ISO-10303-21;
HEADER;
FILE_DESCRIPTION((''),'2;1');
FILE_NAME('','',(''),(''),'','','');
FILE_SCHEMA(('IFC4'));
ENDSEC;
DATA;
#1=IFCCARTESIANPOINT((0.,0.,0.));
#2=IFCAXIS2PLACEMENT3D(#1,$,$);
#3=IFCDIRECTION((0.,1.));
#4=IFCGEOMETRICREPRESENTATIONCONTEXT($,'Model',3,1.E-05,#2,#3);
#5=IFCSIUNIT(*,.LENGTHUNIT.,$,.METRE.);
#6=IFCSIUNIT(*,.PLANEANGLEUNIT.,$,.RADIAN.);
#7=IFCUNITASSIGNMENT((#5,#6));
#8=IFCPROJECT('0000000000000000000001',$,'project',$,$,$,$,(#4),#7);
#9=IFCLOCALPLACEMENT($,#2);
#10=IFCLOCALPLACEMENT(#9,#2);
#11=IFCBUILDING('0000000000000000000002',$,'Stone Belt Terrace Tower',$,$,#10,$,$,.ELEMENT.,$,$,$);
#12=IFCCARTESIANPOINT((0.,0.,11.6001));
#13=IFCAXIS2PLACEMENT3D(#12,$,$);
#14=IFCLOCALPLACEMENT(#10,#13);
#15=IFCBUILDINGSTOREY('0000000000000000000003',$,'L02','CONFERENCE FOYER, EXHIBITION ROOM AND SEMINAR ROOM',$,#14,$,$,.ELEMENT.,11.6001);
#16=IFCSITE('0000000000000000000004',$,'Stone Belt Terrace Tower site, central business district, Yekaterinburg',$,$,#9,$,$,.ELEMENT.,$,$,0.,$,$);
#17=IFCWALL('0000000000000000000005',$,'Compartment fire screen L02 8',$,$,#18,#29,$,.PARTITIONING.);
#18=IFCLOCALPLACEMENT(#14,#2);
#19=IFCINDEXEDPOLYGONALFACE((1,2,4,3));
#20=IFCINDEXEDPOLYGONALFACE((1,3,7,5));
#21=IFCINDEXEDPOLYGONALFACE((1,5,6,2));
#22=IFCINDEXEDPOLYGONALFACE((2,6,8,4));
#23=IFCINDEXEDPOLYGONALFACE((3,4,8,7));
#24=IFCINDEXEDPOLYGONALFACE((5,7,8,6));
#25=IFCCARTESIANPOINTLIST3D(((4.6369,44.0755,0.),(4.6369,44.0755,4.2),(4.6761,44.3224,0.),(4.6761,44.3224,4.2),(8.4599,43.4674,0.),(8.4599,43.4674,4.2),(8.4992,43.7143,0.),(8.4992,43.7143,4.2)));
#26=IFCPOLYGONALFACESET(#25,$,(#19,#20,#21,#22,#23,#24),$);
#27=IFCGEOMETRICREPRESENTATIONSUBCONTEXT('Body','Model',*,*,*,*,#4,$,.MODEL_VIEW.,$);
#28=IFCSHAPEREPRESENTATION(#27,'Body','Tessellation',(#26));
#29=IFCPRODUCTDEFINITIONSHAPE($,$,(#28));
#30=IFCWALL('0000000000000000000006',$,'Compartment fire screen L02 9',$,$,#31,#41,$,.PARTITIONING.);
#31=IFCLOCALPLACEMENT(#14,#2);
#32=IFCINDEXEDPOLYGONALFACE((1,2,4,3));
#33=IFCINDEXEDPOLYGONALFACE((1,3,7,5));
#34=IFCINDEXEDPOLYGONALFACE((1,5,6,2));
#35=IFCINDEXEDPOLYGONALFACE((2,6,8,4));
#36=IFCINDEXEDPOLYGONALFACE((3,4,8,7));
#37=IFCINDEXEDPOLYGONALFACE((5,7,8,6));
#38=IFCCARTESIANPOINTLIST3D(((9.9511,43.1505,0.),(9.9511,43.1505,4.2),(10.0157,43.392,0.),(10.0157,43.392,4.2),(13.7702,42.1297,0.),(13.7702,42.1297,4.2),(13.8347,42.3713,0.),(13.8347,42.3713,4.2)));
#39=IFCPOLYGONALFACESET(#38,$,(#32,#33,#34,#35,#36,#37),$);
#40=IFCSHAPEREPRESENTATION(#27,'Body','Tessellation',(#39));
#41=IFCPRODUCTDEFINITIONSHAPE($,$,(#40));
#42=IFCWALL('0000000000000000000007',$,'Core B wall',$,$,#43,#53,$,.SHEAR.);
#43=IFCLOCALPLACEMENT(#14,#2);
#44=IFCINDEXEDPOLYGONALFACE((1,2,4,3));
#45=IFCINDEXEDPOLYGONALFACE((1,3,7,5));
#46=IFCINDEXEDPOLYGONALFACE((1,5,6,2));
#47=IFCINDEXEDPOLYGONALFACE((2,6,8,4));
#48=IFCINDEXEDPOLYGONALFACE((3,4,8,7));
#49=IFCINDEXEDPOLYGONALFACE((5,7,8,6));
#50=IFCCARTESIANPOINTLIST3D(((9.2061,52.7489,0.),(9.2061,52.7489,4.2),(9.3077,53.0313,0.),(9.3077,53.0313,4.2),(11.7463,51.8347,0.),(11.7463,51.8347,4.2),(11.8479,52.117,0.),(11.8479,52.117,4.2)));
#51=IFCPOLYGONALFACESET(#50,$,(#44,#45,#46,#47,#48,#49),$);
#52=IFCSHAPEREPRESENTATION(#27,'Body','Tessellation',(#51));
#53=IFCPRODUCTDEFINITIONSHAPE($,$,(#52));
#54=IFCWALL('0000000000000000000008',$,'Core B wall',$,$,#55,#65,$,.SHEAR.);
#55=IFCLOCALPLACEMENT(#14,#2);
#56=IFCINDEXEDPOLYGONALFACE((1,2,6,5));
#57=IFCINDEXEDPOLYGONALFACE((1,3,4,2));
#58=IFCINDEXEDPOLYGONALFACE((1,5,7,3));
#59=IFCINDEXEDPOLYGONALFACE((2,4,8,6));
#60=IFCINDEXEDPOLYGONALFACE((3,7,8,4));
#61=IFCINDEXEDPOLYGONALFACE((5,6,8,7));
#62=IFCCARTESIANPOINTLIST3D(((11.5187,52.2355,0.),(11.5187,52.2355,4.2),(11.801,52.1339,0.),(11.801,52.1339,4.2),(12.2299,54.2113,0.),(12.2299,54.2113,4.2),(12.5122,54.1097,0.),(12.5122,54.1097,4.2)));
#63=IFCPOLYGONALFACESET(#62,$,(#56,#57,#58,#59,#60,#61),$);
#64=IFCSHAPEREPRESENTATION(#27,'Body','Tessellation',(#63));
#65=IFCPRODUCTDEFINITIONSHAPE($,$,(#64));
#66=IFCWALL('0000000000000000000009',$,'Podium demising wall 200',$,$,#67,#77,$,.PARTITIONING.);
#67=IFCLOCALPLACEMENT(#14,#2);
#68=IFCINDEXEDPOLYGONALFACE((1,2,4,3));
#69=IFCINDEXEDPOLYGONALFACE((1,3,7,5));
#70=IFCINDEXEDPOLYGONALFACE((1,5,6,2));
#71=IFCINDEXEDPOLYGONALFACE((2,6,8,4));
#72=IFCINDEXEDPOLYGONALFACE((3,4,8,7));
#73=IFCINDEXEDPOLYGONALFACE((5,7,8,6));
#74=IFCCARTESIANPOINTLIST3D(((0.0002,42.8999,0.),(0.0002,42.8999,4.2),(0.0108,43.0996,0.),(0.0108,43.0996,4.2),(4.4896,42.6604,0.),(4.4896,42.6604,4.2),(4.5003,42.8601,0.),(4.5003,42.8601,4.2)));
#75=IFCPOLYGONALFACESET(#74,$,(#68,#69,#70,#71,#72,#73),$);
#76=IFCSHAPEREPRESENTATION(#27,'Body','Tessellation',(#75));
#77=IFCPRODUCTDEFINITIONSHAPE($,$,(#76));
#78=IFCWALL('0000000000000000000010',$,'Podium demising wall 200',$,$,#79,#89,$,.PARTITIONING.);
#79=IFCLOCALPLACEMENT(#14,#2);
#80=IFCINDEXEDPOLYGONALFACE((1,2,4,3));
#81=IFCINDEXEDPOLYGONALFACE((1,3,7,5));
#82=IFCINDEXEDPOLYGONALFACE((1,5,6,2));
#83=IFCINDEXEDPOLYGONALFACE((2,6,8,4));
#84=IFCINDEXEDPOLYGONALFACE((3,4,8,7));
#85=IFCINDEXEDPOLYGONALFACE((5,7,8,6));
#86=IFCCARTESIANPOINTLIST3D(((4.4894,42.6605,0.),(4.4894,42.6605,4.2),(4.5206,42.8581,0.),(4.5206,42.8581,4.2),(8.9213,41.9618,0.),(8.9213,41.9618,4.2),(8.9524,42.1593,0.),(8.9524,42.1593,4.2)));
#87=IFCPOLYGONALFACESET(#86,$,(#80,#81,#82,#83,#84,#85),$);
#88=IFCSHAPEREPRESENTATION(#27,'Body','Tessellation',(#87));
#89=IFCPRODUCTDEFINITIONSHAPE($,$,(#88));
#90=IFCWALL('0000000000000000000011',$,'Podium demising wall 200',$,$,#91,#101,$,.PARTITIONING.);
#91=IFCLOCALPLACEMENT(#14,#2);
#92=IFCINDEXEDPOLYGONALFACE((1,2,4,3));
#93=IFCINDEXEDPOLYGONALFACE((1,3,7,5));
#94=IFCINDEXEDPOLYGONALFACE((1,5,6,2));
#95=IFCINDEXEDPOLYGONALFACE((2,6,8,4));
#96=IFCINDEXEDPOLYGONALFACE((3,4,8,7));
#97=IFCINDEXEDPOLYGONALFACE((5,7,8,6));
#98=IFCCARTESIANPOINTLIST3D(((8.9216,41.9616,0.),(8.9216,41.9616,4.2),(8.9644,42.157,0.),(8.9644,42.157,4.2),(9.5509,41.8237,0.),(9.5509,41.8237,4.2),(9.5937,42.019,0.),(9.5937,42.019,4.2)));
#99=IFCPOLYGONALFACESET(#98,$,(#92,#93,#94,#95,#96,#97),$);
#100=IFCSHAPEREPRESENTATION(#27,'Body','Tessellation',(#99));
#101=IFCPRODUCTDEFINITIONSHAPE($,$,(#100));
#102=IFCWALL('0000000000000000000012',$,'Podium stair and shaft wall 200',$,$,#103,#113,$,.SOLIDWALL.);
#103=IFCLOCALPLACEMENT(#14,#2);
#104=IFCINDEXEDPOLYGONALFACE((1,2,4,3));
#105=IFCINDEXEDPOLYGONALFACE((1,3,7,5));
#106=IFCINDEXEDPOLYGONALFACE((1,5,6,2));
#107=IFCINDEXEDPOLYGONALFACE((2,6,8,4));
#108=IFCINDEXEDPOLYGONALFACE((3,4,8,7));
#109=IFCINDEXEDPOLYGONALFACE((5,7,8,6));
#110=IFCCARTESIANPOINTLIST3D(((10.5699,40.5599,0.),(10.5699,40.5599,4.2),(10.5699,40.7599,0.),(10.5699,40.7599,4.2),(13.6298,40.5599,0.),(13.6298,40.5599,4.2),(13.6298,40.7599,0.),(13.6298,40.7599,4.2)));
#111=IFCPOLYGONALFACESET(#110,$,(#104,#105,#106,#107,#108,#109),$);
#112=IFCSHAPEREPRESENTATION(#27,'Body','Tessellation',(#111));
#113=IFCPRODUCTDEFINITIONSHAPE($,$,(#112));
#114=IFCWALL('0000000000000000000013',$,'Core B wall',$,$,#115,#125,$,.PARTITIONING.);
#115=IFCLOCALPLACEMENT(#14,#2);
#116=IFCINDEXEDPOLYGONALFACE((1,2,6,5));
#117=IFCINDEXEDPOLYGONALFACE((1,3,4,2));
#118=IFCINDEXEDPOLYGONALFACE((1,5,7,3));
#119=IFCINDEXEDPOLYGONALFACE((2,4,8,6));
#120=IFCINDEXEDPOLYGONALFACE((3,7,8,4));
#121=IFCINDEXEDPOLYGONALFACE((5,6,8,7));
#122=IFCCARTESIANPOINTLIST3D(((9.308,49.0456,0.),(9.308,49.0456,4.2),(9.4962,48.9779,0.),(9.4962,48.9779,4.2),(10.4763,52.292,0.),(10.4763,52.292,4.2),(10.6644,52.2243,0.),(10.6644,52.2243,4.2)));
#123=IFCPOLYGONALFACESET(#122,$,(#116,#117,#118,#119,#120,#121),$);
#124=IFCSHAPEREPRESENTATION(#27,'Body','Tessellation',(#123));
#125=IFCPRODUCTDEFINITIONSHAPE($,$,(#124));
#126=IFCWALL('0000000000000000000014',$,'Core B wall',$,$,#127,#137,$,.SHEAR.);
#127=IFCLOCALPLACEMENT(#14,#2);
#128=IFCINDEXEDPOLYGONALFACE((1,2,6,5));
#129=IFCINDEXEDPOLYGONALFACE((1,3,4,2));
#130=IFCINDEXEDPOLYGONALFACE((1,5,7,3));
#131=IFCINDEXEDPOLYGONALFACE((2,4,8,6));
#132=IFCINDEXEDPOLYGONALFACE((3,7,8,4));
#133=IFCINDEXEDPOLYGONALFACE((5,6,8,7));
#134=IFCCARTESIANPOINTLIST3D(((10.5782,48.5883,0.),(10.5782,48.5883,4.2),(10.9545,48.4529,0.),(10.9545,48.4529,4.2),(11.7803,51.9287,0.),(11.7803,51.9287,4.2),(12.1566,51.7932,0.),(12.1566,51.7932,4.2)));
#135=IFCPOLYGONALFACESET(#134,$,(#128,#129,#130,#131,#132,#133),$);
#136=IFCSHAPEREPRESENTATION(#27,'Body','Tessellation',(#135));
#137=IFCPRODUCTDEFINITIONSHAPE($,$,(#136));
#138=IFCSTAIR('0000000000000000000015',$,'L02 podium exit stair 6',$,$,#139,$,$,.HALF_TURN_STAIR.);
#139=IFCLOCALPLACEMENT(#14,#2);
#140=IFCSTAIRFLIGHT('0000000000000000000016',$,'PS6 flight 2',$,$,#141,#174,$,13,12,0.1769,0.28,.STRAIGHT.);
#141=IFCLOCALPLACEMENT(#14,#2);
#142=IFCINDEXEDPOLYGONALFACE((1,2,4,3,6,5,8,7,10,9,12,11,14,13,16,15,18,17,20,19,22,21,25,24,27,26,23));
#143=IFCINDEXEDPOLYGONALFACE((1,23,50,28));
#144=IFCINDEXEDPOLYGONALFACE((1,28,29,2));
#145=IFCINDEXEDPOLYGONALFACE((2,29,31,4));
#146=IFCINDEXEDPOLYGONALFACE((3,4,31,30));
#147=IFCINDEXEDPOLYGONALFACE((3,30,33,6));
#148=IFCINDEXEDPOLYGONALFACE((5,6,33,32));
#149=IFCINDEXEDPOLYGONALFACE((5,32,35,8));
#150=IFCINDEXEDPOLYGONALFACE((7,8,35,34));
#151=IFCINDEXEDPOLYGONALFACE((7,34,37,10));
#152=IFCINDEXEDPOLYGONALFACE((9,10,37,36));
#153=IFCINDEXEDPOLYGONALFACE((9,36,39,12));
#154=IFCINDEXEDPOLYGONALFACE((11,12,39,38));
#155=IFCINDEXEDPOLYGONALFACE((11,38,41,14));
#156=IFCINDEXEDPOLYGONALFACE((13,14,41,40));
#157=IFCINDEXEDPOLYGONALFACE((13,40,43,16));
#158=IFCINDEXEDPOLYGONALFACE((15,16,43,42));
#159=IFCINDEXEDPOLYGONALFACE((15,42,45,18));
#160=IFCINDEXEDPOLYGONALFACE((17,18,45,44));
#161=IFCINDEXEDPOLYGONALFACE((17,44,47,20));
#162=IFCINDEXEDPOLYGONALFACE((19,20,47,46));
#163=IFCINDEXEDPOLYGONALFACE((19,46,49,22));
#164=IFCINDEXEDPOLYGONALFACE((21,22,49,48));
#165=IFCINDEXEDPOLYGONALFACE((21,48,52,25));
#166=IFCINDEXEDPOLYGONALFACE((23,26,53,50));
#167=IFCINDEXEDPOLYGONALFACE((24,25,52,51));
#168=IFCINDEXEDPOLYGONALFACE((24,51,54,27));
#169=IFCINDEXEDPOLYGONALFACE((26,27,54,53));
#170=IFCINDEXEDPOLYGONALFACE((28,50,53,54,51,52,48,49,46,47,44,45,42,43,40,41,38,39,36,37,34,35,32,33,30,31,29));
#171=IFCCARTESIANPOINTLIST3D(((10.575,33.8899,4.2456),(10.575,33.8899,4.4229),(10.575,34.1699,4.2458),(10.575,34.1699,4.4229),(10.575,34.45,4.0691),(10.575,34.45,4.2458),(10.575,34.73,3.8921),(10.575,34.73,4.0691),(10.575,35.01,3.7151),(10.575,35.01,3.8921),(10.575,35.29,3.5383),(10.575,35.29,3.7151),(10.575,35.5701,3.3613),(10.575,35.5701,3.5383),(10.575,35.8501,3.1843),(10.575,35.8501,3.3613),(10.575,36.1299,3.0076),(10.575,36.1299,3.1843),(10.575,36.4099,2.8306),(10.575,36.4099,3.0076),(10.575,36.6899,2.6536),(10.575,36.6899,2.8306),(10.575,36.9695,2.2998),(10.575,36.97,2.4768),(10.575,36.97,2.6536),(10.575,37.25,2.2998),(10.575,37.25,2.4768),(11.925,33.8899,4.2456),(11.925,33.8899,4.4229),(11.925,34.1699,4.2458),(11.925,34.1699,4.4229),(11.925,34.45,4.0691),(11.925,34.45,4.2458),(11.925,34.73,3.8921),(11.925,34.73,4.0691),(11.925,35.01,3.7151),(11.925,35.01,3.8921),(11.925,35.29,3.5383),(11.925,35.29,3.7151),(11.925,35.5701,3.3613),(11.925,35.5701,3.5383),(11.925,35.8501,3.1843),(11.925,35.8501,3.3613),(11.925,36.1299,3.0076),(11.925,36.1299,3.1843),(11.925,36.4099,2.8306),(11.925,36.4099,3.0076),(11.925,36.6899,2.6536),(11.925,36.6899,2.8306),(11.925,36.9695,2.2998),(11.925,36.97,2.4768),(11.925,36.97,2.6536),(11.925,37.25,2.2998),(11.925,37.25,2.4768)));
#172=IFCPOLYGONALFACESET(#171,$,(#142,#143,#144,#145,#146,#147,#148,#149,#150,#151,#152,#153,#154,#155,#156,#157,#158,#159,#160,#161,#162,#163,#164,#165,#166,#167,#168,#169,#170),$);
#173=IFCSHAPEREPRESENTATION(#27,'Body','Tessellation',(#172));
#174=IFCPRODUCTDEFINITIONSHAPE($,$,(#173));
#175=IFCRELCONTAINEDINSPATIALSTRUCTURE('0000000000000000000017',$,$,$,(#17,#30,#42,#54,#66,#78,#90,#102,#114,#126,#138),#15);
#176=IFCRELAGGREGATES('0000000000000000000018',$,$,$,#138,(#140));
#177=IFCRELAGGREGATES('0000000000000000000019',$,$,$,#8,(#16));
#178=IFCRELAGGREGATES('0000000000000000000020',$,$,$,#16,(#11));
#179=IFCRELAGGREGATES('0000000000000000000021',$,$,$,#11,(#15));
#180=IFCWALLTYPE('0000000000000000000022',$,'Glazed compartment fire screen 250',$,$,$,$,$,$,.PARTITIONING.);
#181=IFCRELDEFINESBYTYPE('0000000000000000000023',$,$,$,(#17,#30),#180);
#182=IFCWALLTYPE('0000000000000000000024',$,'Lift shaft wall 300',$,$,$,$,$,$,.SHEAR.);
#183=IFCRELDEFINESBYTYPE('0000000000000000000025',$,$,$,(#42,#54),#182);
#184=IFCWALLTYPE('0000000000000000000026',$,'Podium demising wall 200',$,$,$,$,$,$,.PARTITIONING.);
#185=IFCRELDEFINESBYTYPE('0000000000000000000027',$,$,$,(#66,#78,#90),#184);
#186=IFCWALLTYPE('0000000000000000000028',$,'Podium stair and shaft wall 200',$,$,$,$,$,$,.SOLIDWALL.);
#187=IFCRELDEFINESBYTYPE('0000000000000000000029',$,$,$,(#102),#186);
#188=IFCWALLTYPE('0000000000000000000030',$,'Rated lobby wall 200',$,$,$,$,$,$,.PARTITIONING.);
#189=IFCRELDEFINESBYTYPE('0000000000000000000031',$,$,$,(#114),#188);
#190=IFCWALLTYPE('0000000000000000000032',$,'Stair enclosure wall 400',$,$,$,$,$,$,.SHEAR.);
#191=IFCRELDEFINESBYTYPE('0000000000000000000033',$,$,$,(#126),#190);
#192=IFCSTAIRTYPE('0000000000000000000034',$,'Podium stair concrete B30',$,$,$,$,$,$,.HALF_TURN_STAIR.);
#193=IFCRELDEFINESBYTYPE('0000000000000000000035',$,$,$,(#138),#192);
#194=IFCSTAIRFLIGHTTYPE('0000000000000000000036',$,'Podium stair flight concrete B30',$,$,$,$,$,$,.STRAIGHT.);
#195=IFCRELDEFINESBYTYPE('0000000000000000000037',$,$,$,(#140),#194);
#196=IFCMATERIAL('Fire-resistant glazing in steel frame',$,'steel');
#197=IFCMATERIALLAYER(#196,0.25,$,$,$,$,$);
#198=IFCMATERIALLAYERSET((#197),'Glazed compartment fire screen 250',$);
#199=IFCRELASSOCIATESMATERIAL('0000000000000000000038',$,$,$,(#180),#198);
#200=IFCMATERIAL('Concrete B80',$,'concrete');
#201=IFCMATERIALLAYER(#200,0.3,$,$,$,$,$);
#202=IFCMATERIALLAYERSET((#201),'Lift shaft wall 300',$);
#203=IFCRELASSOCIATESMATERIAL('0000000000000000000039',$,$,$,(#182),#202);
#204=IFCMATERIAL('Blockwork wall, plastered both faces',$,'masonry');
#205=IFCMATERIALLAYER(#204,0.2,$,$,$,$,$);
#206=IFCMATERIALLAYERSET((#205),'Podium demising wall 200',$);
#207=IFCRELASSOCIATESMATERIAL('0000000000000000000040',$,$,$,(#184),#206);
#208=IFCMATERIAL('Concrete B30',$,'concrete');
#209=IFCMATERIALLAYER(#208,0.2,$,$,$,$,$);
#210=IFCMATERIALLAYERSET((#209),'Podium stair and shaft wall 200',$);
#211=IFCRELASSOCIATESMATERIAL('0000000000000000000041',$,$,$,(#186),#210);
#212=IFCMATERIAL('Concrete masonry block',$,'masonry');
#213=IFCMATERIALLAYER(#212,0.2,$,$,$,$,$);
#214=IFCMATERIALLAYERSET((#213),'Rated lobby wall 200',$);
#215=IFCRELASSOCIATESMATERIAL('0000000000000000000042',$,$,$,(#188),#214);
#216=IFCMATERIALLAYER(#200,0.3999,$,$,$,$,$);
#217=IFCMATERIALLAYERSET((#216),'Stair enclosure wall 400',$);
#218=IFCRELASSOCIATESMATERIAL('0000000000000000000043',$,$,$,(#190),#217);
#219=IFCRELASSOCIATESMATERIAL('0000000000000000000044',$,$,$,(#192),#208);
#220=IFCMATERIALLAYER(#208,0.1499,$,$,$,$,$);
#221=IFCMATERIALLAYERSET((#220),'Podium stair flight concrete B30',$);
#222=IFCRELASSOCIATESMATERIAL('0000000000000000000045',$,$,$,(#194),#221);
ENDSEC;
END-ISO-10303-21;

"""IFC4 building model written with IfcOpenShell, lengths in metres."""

from ifc_helpers import new_model, si_unit, direction, frame, frame_2d, origin, place, context, subcontext, project, spatial, polyline, rectangle, outline, extrude, material, layer, layer_set, type_object, element, aggregate, save


model = new_model("IFC4")

# Units and contexts
model_context = context("Model", 3, precision=1e-05, world=origin(), true_north=direction((0.0, 1.0)))
body_context = subcontext(model_context, "Body", "Model", "MODEL_VIEW")
ifc_project = project(units=[si_unit("LENGTHUNIT", "METRE"), si_unit("PLANEANGLEUNIT", "RADIAN")], contexts=[model_context])

# Site, building, storey
site_placement = place(None, origin())
site = spatial("IfcSite", under=ifc_project, at=site_placement, Name="Stone Belt Terrace Tower site, central business district, Yekaterinburg", CompositionType="ELEMENT", RefElevation=0.0)
building_placement = place(site_placement, origin())
building = spatial("IfcBuilding", under=site, at=building_placement, Name="Stone Belt Terrace Tower", CompositionType="ELEMENT")
storey_placement = place(building_placement, frame((0.0, 0.0, 11.6001)))
storey = spatial("IfcBuildingStorey", under=building, at=storey_placement, Name="L02", Description="CONFERENCE FOYER, EXHIBITION ROOM AND SEMINAR ROOM", CompositionType="ELEMENT", Elevation=11.6001)

# Shared definitions
ifc_material_1 = material(Name="Concrete B80", Category="concrete")

# Walls
ifc_material_2 = material(Name="Fire-resistant glazing in steel frame", Category="steel")
ifc_layer_1 = layer(ifc_material_2, 0.25)
ifc_layer_set_1 = layer_set([ifc_layer_1], Name="Glazed compartment fire screen 250")
wall_type_1 = type_object("IfcWallType", Name="Glazed compartment fire screen 250", PredefinedType="PARTITIONING", material=ifc_layer_set_1)
wall_1_placement = place(storey_placement, frame((4.6565, 44.199, 0.0), z_axis=(0.0, 0.0, 1.0), x_axis=(0.987582, -0.157102, 0.0)))
element("IfcWall", 1, at=wall_1_placement, inside=storey, type_object=wall_type_1, Name="Compartment fire screen L02 8", PredefinedType="PARTITIONING", context=body_context, shape_type="SweptSolid", body=[
    extrude(rectangle(XDim=3.8711, YDim=0.25, at=frame_2d((1.9355, 0.0))), origin(), (0.0, 0.0, 1.0), 4.2),
])
wall_2_placement = place(storey_placement, frame((9.9834, 43.2712, 0.0), z_axis=(0.0, 0.0, 1.0), x_axis=(0.966088, -0.258212, 0.0)))
element("IfcWall", 2, at=wall_2_placement, inside=storey, type_object=wall_type_1, Name="Compartment fire screen L02 9", PredefinedType="PARTITIONING", context=body_context, shape_type="SweptSolid", body=[
    extrude(rectangle(XDim=3.9531, YDim=0.25, at=frame_2d((1.9766, 0.0))), origin(), (0.0, 0.0, 1.0), 4.2),
])
ifc_layer_2 = layer(ifc_material_1, 0.3)
ifc_layer_set_2 = layer_set([ifc_layer_2], Name="Lift shaft wall 300")
wall_type_2 = type_object("IfcWallType", Name="Lift shaft wall 300", PredefinedType="SHEAR", material=ifc_layer_set_2)
wall_3_placement = place(storey_placement, frame((11.7971, 51.9758, 0.0), z_axis=(0.0, 0.0, 1.0), x_axis=(-0.94091, 0.338655, 0.0)))
element("IfcWall", 3, at=wall_3_placement, inside=storey, type_object=wall_type_2, Name="Core B wall", PredefinedType="SHEAR", context=body_context, shape_type="SweptSolid", body=[
    extrude(rectangle(XDim=2.6997, YDim=0.3, at=frame_2d((1.3499, 0.0))), origin(), (0.0, 0.0, 1.0), 4.2),
])
wall_4_placement = place(storey_placement, frame((11.6599, 52.1848, 0.0), z_axis=(0.0, 0.0, 1.0), x_axis=(0.33867, 0.940905, 0.0)))
element("IfcWall", 4, at=wall_4_placement, inside=storey, type_object=wall_type_2, Name="Core B wall", PredefinedType="SHEAR", context=body_context, shape_type="SweptSolid", body=[
    extrude(rectangle(XDim=2.0999, YDim=0.3, at=frame_2d((1.0498, 0.0))), origin(), (0.0, 0.0, 1.0), 4.2),
])
ifc_material_3 = material(Name="Blockwork wall, plastered both faces", Category="masonry")
ifc_layer_3 = layer(ifc_material_3, 0.2)
ifc_layer_set_3 = layer_set([ifc_layer_3], Name="Podium demising wall 200")
wall_type_3 = type_object("IfcWallType", Name="Podium demising wall 200", PredefinedType="PARTITIONING", material=ifc_layer_set_3)
wall_5_placement = place(storey_placement, frame((0.0054, 42.9998, 0.0), z_axis=(0.0, 0.0, 1.0), x_axis=(0.99858, -0.053271, 0.0)))
element("IfcWall", 5, at=wall_5_placement, inside=storey, type_object=wall_type_3, Name="Podium demising wall 200", PredefinedType="PARTITIONING", context=body_context, shape_type="SweptSolid", body=[
    extrude(rectangle(XDim=4.4958, YDim=0.2, at=frame_2d((2.248, 0.0))), origin(), (0.0, 0.0, 1.0), 4.2),
])
wall_6_placement = place(storey_placement, frame((4.5051, 42.7593, 0.0), z_axis=(0.0, 0.0, 1.0), x_axis=(0.987799, -0.155736, 0.0)))
element("IfcWall", 6, at=wall_6_placement, inside=storey, type_object=wall_type_3, Name="Podium demising wall 200", PredefinedType="PARTITIONING", context=body_context, shape_type="SweptSolid", body=[
    extrude(rectangle(XDim=4.4866, YDim=0.2, at=frame_2d((2.2432, 0.0))), origin(), (0.0, 0.0, 1.0), 4.2),
])
wall_7_placement = place(storey_placement, frame((8.9429, 42.0593, 0.0), z_axis=(0.0, 0.0, 1.0), x_axis=(0.976816, -0.214081, 0.0)))
element("IfcWall", 7, at=wall_7_placement, inside=storey, type_object=wall_type_3, Name="Podium demising wall 200", PredefinedType="PARTITIONING", context=body_context, shape_type="SweptSolid", body=[
    extrude(rectangle(XDim=0.6443, YDim=0.2, at=frame_2d((0.3223, 0.0))), origin(), (0.0, 0.0, 1.0), 4.2),
])
ifc_material_4 = material(Name="Concrete B30", Category="concrete")
ifc_layer_4 = layer(ifc_material_4, 0.2)
ifc_layer_set_4 = layer_set([ifc_layer_4], Name="Podium stair and shaft wall 200")
wall_type_4 = type_object("IfcWallType", Name="Podium stair and shaft wall 200", PredefinedType="SOLIDWALL", material=ifc_layer_set_4)
wall_8_placement = place(storey_placement, frame((10.5701, 40.6599, 0.0), z_axis=(0.0, 0.0, 1.0), x_axis=(1.0, 0.0, 0.0)))
element("IfcWall", 8, at=wall_8_placement, inside=storey, type_object=wall_type_4, Name="Podium stair and shaft wall 200", PredefinedType="SOLIDWALL", context=body_context, shape_type="SweptSolid", body=[
    extrude(rectangle(XDim=3.0598, YDim=0.2, at=frame_2d((1.5298, 0.0))), origin(), (0.0, 0.0, 1.0), 4.2),
])
ifc_material_5 = material(Name="Concrete masonry block", Category="masonry")
ifc_layer_5 = layer(ifc_material_5, 0.2)
ifc_layer_set_5 = layer_set([ifc_layer_5], Name="Rated lobby wall 200")
wall_type_5 = type_object("IfcWallType", Name="Rated lobby wall 200", PredefinedType="PARTITIONING", material=ifc_layer_set_5)
wall_9_placement = place(storey_placement, frame((9.4021, 49.0117, 0.0), z_axis=(0.0, 0.0, 1.0), x_axis=(0.338599, 0.940931, 0.0)))
element("IfcWall", 9, at=wall_9_placement, inside=storey, type_object=wall_type_5, Name="Core B wall", PredefinedType="PARTITIONING", context=body_context, shape_type="SweptSolid", body=[
    extrude(rectangle(XDim=3.4502, YDim=0.2, at=frame_2d((1.7251, 0.0))), origin(), (0.0, 0.0, 1.0), 4.2),
])
ifc_layer_6 = layer(ifc_material_1, 0.3999)
ifc_layer_set_6 = layer_set([ifc_layer_6], Name="Stair enclosure wall 400")
wall_type_6 = type_object("IfcWallType", Name="Stair enclosure wall 400", PredefinedType="SHEAR", material=ifc_layer_set_6)
wall_10_placement = place(storey_placement, frame((10.7664, 48.5208, 0.0), z_axis=(0.0, 0.0, 1.0), x_axis=(0.338627, 0.940921, 0.0)))
element("IfcWall", 10, at=wall_10_placement, inside=storey, type_object=wall_type_6, Name="Core B wall", PredefinedType="SHEAR", context=body_context, shape_type="SweptSolid", body=[
    extrude(rectangle(XDim=3.55, YDim=0.3999, at=frame_2d((1.7749, 0.0))), origin(), (0.0, 0.0, 1.0), 4.2),
])

# Stair, stair flight
stair_type = type_object("IfcStairType", Name="Podium stair concrete B30", PredefinedType="HALF_TURN_STAIR", material=ifc_material_4)
stair_placement = place(storey_placement, origin())
stair = element("IfcStair", 11, at=stair_placement, inside=storey, type_object=stair_type, Name="L02 podium exit stair 6", PredefinedType="HALF_TURN_STAIR")
ifc_layer_7 = layer(ifc_material_4, 0.1499)
ifc_layer_set_7 = layer_set([ifc_layer_7], Name="Podium stair flight concrete B30")
stair_flight_type = type_object("IfcStairFlightType", Name="Podium stair flight concrete B30", PredefinedType="STRAIGHT", material=ifc_layer_set_7)
stair_flight_placement = place(storey_placement, frame((11.25, 37.25, 2.2998), z_axis=(0.0, 0.0, 1.0), x_axis=(0.0, -1.0, 0.0)))
stair_flight = element("IfcStairFlight", 12, at=stair_flight_placement, type_object=stair_flight_type, Name="PS6 flight 2", NumberOfRisers=13, NumberOfTreads=12, PredefinedType="STRAIGHT", RiserHeight=0.1769, TreadLength=0.28, context=body_context, shape_type="SweptSolid", body=[
    extrude(outline(polyline([(0.0, 0.0), (0.0, 0.177), (0.28, 0.177), (0.28, 0.3538), (0.5601, 0.3538), (0.5601, 0.5308), (0.8401, 0.5308), (0.8401, 0.7078), (1.1201, 0.7078), (1.1201, 0.8845), (1.3999, 0.8845), (1.3999, 1.0615), (1.6799, 1.0615), (1.6799, 1.2385), (1.96, 1.2385), (1.96, 1.4153), (2.24, 1.4153), (2.24, 1.5923), (2.52, 1.5923), (2.52, 1.7693), (2.8, 1.7693), (2.8, 1.946), (3.0801, 1.946), (3.0801, 2.123), (3.3601, 2.123), (3.3601, 2.3), (3.3601, 1.9458), (0.2805, 0.0), (0.0, 0.0)])), frame((0.0, 0.675, 0.0), z_axis=(0.0, -1.0, 0.0), x_axis=(1.0, 0.0, 0.0)), (0.0, 0.0, 1.0), 1.3501),
])
aggregate(stair, [stair_flight])

save(model, "model.ifc")
